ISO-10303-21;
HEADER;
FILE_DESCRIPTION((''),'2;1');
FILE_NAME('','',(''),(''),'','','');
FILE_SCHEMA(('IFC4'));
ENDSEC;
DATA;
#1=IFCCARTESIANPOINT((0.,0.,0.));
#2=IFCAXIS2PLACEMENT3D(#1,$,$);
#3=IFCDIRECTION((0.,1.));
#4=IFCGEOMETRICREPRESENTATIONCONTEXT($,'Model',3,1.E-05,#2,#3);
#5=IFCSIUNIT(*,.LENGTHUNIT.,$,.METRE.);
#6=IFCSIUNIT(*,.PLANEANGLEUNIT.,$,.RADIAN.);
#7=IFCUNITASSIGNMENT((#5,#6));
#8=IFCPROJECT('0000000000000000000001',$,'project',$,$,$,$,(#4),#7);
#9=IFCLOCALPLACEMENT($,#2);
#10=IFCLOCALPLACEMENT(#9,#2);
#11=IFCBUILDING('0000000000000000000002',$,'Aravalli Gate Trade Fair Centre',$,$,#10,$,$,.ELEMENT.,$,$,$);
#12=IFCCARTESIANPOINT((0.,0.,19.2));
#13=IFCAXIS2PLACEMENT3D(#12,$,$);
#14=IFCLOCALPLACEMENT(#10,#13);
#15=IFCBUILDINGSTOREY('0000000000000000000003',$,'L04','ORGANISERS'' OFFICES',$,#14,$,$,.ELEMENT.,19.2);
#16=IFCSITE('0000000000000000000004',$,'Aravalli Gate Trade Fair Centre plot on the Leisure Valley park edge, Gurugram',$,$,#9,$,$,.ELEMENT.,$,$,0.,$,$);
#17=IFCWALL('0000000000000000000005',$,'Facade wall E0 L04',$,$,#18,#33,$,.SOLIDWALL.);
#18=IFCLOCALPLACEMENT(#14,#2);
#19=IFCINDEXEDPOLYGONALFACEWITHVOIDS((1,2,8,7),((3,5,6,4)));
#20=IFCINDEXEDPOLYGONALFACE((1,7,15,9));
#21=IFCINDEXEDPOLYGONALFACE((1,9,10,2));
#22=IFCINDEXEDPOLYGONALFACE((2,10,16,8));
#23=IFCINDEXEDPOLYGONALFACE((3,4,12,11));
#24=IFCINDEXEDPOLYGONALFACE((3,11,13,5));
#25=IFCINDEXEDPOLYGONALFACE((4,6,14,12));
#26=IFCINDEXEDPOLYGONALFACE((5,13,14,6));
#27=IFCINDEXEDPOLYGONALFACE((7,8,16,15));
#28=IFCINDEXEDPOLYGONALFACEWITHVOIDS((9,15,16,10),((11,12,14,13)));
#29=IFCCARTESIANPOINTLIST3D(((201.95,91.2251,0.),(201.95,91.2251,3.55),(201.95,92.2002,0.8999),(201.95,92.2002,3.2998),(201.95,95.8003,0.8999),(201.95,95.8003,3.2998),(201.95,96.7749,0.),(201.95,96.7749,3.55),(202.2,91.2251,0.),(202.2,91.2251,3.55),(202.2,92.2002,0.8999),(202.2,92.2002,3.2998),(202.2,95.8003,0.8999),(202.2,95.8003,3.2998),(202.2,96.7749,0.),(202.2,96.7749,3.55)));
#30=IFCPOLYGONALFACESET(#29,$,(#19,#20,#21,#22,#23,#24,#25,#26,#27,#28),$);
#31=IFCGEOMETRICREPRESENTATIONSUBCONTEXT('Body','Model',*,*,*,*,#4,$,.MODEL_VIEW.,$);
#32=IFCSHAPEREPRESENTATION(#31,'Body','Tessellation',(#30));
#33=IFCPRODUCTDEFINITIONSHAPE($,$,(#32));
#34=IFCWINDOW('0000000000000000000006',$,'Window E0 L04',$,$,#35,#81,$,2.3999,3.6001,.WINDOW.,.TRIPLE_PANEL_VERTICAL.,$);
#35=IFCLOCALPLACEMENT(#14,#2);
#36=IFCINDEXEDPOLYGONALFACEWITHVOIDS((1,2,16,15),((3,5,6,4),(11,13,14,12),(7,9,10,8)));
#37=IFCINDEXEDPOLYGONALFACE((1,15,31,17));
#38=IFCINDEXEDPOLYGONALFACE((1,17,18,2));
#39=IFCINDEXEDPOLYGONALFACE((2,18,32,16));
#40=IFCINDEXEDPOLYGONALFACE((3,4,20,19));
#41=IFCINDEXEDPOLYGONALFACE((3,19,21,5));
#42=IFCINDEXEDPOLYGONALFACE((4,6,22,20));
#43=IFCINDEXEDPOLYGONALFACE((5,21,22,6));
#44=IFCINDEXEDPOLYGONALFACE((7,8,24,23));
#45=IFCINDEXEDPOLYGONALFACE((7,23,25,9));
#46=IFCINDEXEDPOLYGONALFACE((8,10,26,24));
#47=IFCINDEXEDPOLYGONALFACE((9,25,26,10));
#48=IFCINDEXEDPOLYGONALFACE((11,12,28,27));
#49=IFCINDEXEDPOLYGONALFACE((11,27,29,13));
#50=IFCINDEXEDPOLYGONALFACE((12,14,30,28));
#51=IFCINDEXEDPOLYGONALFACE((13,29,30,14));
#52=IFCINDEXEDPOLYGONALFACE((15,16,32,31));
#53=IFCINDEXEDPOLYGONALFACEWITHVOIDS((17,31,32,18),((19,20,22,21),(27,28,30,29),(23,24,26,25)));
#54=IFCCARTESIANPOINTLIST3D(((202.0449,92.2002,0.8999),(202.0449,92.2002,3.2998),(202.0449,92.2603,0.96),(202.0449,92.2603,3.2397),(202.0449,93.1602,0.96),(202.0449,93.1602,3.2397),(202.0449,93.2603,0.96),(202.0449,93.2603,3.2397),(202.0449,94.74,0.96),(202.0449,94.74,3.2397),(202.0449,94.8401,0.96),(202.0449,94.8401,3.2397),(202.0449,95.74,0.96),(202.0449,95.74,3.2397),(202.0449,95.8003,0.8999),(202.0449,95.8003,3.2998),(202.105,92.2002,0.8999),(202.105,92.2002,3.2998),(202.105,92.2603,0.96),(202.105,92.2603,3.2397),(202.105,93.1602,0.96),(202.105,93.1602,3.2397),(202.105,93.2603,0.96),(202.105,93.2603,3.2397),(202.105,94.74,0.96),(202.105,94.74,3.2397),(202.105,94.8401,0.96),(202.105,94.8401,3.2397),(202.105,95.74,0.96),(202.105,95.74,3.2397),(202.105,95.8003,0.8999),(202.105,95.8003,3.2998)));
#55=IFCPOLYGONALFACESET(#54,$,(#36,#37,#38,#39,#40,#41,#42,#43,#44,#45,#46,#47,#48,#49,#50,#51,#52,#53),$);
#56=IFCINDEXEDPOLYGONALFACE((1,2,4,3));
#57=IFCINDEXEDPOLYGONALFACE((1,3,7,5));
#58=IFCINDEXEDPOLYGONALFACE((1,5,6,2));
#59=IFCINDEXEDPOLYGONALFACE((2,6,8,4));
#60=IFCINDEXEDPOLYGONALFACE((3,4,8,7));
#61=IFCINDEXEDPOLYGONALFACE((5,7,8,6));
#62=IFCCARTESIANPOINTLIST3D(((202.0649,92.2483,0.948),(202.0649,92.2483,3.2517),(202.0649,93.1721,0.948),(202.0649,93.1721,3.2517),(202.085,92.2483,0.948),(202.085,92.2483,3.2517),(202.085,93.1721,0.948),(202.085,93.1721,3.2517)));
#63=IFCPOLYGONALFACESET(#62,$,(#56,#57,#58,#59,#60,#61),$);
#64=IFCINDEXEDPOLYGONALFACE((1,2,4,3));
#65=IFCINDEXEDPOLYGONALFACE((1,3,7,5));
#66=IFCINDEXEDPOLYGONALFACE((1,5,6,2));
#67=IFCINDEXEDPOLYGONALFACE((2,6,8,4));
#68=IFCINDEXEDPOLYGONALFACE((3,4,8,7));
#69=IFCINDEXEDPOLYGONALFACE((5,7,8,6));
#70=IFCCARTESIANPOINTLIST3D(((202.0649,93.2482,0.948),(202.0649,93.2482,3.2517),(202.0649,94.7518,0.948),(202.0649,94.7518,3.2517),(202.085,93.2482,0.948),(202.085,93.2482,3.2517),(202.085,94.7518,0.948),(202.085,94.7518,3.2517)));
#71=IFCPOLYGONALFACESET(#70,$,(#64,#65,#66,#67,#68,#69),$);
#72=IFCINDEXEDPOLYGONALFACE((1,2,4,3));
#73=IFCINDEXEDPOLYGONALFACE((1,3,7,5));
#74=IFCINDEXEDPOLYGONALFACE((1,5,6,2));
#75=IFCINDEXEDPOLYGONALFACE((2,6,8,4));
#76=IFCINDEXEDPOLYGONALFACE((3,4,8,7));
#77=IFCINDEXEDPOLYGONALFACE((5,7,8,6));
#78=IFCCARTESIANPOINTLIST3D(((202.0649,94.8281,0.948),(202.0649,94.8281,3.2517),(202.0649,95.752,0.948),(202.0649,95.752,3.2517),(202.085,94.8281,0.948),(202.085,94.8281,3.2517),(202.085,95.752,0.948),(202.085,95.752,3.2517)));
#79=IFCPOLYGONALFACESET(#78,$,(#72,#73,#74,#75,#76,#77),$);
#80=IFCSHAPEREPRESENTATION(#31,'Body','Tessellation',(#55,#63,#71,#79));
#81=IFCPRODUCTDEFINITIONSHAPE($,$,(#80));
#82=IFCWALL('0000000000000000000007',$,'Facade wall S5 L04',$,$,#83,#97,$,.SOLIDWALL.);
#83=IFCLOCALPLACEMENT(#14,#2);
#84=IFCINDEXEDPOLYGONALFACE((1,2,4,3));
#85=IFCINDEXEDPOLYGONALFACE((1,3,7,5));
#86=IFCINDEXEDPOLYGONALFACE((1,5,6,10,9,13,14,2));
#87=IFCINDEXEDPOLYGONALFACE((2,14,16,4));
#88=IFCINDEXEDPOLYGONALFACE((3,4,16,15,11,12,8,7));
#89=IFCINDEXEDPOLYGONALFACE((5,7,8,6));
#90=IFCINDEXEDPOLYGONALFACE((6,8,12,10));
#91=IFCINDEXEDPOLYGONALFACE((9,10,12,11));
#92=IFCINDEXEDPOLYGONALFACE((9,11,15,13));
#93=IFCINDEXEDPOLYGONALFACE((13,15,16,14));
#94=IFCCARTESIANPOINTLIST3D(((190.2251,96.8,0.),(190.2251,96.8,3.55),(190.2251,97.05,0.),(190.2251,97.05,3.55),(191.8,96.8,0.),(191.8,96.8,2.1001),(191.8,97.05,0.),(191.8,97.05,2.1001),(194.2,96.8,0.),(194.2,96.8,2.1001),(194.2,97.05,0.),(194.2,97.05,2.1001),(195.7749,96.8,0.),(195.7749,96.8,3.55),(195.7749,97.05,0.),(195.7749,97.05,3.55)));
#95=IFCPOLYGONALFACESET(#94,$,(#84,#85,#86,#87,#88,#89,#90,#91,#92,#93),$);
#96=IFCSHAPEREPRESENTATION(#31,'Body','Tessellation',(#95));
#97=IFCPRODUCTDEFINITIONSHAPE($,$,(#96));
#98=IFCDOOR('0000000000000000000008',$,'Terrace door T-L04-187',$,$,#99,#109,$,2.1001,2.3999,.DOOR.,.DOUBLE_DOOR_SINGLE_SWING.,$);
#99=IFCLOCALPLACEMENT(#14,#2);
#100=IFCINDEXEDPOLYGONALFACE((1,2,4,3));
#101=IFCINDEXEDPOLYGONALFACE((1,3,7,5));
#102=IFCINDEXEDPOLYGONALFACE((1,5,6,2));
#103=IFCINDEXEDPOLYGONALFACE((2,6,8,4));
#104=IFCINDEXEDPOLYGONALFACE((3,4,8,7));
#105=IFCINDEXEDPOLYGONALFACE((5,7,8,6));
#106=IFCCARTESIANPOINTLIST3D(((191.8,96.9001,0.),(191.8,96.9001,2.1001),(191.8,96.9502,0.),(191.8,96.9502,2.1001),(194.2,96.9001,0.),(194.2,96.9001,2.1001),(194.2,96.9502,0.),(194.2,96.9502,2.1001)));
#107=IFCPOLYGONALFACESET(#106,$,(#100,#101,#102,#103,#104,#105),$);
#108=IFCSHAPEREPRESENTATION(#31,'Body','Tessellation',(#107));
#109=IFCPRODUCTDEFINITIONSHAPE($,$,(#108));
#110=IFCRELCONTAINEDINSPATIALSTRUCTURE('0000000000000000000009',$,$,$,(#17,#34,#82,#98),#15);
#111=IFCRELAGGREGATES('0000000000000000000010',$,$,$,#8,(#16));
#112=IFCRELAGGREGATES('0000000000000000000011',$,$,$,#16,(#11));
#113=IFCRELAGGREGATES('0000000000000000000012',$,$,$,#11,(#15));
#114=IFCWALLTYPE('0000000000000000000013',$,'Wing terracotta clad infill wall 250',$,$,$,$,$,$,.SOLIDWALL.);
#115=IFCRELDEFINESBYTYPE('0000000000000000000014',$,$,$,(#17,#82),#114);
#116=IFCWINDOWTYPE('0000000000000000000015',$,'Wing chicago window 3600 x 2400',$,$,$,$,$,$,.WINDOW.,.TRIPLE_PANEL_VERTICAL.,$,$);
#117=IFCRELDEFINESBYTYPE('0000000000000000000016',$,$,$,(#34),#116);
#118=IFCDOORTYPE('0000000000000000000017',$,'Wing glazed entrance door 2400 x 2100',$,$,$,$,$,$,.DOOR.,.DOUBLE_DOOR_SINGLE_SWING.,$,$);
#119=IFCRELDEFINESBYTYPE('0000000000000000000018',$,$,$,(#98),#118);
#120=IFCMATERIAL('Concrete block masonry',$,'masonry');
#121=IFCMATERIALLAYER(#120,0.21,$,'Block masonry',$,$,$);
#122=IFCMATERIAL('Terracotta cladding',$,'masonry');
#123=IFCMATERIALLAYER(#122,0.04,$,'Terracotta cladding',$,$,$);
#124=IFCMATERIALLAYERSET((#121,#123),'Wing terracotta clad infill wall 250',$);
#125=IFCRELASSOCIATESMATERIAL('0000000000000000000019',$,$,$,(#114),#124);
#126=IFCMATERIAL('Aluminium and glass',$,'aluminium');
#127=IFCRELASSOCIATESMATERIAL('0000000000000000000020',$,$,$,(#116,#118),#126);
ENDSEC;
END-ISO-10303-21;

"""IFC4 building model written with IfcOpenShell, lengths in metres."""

from ifc_helpers import new_model, si_unit, direction, frame, frame_2d, origin, place, context, subcontext, project, spatial, polyline, rectangle, outline, extrude, material, layer, layer_set, type_object, element, fill, save


model = new_model("IFC4")

# Units and contexts
model_context = context("Model", 3, precision=1e-05, world=origin(), true_north=direction((0.0, 1.0)))
body_context = subcontext(model_context, "Body", "Model", "MODEL_VIEW")
ifc_project = project(units=[si_unit("LENGTHUNIT", "METRE"), si_unit("PLANEANGLEUNIT", "RADIAN")], contexts=[model_context])

# Site, building, storey
site_placement = place(None, origin())
site = spatial("IfcSite", under=ifc_project, at=site_placement, Name="Aravalli Gate Trade Fair Centre plot on the Leisure Valley park edge, Gurugram", CompositionType="ELEMENT", RefElevation=0.0)
building_placement = place(site_placement, origin())
building = spatial("IfcBuilding", under=site, at=building_placement, Name="Aravalli Gate Trade Fair Centre", CompositionType="ELEMENT")
storey_placement = place(building_placement, frame((0.0, 0.0, 19.2)))
storey = spatial("IfcBuildingStorey", under=building, at=storey_placement, Name="L04", Description="ORGANISERS' OFFICES", CompositionType="ELEMENT", Elevation=19.2)

# Wall, opening, window
ifc_material_1 = material(Name="Concrete block masonry", Category="masonry")
ifc_layer_1 = layer(ifc_material_1, 0.21, Name="Block masonry")
ifc_material_2 = material(Name="Terracotta cladding", Category="masonry")
ifc_layer_2 = layer(ifc_material_2, 0.04, Name="Terracotta cladding")
ifc_layer_set_1 = layer_set([ifc_layer_1, ifc_layer_2], Name="Wing terracotta clad infill wall 250")
wall_type_1 = type_object("IfcWallType", Name="Wing terracotta clad infill wall 250", PredefinedType="SOLIDWALL", material=ifc_layer_set_1)
ifc_material_3 = material(Name="Aluminium and glass", Category="aluminium")
window_type = type_object("IfcWindowType", Name="Wing chicago window 3600 x 2400", PartitioningType="TRIPLE_PANEL_VERTICAL", PredefinedType="WINDOW", material=ifc_material_3)
wall_1_placement = place(storey_placement, frame((202.075, 91.2251, 0.0), z_axis=(0.0, 0.0, 1.0), x_axis=(0.0, 1.0, 0.0)))
wall_1 = element("IfcWall", 1, at=wall_1_placement, inside=storey, type_object=wall_type_1, Name="Facade wall E0 L04", PredefinedType="SOLIDWALL", context=body_context, shape_type="SweptSolid", body=[
    extrude(rectangle(XDim=5.5498, YDim=0.25, at=frame_2d((2.7749, 0.0))), origin(), (0.0, 0.0, 1.0), 3.55),
])
opening_1_placement = place(wall_1_placement, frame((0.9751, 0.0, 0.8999)))
opening_1 = element("IfcOpeningElement", 2, at=opening_1_placement, cuts=wall_1, PredefinedType="OPENING", context=body_context, shape_type="SweptSolid", body=[
    extrude(rectangle(XDim=3.6001, YDim=2.3999, at=frame_2d((1.8, 1.2))), frame((0.0, 0.135, 0.0), z_axis=(0.0, -1.0, 0.0), x_axis=(1.0, 0.0, 0.0)), (0.0, 0.0, 1.0), 0.27),
])
window_1_placement = place(opening_1_placement, origin())
window_1 = element("IfcWindow", 3, at=window_1_placement, inside=storey, type_object=window_type, Name="Window E0 L04", OverallHeight=2.3999, OverallWidth=3.6001, PartitioningType="TRIPLE_PANEL_VERTICAL", PredefinedType="WINDOW", context=body_context, shape_type="SweptSolid", body=[
    extrude(outline(polyline([(0.0, 0.0), (3.6001, 0.0), (3.6001, 2.3999), (0.0, 2.3999), (0.0, 0.0)]), holes=[polyline([(0.0601, 0.0601), (0.96, 0.0601), (0.96, 2.3398), (0.0601, 2.3398), (0.0601, 0.0601)]), polyline([(1.0601, 0.0601), (2.5398, 0.0601), (2.5398, 2.3398), (1.0601, 2.3398), (1.0601, 0.0601)]), polyline([(2.6399, 0.0601), (3.5398, 0.0601), (3.5398, 2.3398), (2.6399, 2.3398), (2.6399, 0.0601)])]), frame((0.0, 0.03, 0.0), z_axis=(0.0, -1.0, 0.0), x_axis=(1.0, 0.0, 0.0)), (0.0, 0.0, 1.0), 0.0601),
    extrude(rectangle(XDim=0.9238, YDim=2.3037, at=frame_2d((0.51, 1.2))), frame((0.0, 0.01, 0.0), z_axis=(0.0, -1.0, 0.0), x_axis=(1.0, 0.0, 0.0)), (0.0, 0.0, 1.0), 0.02),
    extrude(rectangle(XDim=1.5037, YDim=2.3037, at=frame_2d((1.7998, 1.2))), frame((0.0, 0.01, 0.0), z_axis=(0.0, -1.0, 0.0), x_axis=(1.0, 0.0, 0.0)), (0.0, 0.0, 1.0), 0.02),
    extrude(rectangle(XDim=0.9238, YDim=2.3037, at=frame_2d((3.0898, 1.2))), frame((0.0, 0.01, 0.0), z_axis=(0.0, -1.0, 0.0), x_axis=(1.0, 0.0, 0.0)), (0.0, 0.0, 1.0), 0.02),
])
fill(opening_1, window_1)

# Wall, opening, door
wall_2_placement = place(storey_placement, frame((190.2251, 96.925, 0.0), z_axis=(0.0, 0.0, 1.0), x_axis=(1.0, 0.0, 0.0)))
wall_2 = element("IfcWall", 4, at=wall_2_placement, inside=storey, type_object=wall_type_1, Name="Facade wall S5 L04", PredefinedType="SOLIDWALL", context=body_context, shape_type="SweptSolid", body=[
    extrude(rectangle(XDim=5.5498, YDim=0.25, at=frame_2d((2.7749, 0.0))), origin(), (0.0, 0.0, 1.0), 3.55),
])
opening_2_placement = place(wall_2_placement, frame((1.575, 0.0, 0.0)))
opening_2 = element("IfcOpeningElement", 5, at=opening_2_placement, cuts=wall_2, PredefinedType="OPENING", context=body_context, shape_type="SweptSolid", body=[
    extrude(rectangle(XDim=2.3999, YDim=2.1001, at=frame_2d((1.2, 1.05))), frame((0.0, 0.135, 0.0), z_axis=(0.0, -1.0, 0.0), x_axis=(1.0, 0.0, 0.0)), (0.0, 0.0, 1.0), 0.27),
])
door_type = type_object("IfcDoorType", Name="Wing glazed entrance door 2400 x 2100", OperationType="DOUBLE_DOOR_SINGLE_SWING", PredefinedType="DOOR", material=ifc_material_3)
door_placement = place(opening_2_placement, frame((2.3999, 0.0, 0.0), z_axis=(0.0, 0.0, 1.0), x_axis=(-1.0, 0.0, 0.0)))
door = element("IfcDoor", 6, at=door_placement, inside=storey, type_object=door_type, Name="Terrace door T-L04-187", OperationType="DOUBLE_DOOR_SINGLE_SWING", OverallHeight=2.1001, OverallWidth=2.3999, PredefinedType="DOOR", context=body_context, shape_type="SweptSolid", body=[
    extrude(rectangle(XDim=2.3999, YDim=2.1001, at=frame_2d((1.2, 1.05))), frame((0.0, 0.0249, 0.0), z_axis=(0.0, -1.0, 0.0), x_axis=(1.0, 0.0, 0.0)), (0.0, 0.0, 1.0), 0.05),
])
fill(opening_2, door)

save(model, "model.ifc")
